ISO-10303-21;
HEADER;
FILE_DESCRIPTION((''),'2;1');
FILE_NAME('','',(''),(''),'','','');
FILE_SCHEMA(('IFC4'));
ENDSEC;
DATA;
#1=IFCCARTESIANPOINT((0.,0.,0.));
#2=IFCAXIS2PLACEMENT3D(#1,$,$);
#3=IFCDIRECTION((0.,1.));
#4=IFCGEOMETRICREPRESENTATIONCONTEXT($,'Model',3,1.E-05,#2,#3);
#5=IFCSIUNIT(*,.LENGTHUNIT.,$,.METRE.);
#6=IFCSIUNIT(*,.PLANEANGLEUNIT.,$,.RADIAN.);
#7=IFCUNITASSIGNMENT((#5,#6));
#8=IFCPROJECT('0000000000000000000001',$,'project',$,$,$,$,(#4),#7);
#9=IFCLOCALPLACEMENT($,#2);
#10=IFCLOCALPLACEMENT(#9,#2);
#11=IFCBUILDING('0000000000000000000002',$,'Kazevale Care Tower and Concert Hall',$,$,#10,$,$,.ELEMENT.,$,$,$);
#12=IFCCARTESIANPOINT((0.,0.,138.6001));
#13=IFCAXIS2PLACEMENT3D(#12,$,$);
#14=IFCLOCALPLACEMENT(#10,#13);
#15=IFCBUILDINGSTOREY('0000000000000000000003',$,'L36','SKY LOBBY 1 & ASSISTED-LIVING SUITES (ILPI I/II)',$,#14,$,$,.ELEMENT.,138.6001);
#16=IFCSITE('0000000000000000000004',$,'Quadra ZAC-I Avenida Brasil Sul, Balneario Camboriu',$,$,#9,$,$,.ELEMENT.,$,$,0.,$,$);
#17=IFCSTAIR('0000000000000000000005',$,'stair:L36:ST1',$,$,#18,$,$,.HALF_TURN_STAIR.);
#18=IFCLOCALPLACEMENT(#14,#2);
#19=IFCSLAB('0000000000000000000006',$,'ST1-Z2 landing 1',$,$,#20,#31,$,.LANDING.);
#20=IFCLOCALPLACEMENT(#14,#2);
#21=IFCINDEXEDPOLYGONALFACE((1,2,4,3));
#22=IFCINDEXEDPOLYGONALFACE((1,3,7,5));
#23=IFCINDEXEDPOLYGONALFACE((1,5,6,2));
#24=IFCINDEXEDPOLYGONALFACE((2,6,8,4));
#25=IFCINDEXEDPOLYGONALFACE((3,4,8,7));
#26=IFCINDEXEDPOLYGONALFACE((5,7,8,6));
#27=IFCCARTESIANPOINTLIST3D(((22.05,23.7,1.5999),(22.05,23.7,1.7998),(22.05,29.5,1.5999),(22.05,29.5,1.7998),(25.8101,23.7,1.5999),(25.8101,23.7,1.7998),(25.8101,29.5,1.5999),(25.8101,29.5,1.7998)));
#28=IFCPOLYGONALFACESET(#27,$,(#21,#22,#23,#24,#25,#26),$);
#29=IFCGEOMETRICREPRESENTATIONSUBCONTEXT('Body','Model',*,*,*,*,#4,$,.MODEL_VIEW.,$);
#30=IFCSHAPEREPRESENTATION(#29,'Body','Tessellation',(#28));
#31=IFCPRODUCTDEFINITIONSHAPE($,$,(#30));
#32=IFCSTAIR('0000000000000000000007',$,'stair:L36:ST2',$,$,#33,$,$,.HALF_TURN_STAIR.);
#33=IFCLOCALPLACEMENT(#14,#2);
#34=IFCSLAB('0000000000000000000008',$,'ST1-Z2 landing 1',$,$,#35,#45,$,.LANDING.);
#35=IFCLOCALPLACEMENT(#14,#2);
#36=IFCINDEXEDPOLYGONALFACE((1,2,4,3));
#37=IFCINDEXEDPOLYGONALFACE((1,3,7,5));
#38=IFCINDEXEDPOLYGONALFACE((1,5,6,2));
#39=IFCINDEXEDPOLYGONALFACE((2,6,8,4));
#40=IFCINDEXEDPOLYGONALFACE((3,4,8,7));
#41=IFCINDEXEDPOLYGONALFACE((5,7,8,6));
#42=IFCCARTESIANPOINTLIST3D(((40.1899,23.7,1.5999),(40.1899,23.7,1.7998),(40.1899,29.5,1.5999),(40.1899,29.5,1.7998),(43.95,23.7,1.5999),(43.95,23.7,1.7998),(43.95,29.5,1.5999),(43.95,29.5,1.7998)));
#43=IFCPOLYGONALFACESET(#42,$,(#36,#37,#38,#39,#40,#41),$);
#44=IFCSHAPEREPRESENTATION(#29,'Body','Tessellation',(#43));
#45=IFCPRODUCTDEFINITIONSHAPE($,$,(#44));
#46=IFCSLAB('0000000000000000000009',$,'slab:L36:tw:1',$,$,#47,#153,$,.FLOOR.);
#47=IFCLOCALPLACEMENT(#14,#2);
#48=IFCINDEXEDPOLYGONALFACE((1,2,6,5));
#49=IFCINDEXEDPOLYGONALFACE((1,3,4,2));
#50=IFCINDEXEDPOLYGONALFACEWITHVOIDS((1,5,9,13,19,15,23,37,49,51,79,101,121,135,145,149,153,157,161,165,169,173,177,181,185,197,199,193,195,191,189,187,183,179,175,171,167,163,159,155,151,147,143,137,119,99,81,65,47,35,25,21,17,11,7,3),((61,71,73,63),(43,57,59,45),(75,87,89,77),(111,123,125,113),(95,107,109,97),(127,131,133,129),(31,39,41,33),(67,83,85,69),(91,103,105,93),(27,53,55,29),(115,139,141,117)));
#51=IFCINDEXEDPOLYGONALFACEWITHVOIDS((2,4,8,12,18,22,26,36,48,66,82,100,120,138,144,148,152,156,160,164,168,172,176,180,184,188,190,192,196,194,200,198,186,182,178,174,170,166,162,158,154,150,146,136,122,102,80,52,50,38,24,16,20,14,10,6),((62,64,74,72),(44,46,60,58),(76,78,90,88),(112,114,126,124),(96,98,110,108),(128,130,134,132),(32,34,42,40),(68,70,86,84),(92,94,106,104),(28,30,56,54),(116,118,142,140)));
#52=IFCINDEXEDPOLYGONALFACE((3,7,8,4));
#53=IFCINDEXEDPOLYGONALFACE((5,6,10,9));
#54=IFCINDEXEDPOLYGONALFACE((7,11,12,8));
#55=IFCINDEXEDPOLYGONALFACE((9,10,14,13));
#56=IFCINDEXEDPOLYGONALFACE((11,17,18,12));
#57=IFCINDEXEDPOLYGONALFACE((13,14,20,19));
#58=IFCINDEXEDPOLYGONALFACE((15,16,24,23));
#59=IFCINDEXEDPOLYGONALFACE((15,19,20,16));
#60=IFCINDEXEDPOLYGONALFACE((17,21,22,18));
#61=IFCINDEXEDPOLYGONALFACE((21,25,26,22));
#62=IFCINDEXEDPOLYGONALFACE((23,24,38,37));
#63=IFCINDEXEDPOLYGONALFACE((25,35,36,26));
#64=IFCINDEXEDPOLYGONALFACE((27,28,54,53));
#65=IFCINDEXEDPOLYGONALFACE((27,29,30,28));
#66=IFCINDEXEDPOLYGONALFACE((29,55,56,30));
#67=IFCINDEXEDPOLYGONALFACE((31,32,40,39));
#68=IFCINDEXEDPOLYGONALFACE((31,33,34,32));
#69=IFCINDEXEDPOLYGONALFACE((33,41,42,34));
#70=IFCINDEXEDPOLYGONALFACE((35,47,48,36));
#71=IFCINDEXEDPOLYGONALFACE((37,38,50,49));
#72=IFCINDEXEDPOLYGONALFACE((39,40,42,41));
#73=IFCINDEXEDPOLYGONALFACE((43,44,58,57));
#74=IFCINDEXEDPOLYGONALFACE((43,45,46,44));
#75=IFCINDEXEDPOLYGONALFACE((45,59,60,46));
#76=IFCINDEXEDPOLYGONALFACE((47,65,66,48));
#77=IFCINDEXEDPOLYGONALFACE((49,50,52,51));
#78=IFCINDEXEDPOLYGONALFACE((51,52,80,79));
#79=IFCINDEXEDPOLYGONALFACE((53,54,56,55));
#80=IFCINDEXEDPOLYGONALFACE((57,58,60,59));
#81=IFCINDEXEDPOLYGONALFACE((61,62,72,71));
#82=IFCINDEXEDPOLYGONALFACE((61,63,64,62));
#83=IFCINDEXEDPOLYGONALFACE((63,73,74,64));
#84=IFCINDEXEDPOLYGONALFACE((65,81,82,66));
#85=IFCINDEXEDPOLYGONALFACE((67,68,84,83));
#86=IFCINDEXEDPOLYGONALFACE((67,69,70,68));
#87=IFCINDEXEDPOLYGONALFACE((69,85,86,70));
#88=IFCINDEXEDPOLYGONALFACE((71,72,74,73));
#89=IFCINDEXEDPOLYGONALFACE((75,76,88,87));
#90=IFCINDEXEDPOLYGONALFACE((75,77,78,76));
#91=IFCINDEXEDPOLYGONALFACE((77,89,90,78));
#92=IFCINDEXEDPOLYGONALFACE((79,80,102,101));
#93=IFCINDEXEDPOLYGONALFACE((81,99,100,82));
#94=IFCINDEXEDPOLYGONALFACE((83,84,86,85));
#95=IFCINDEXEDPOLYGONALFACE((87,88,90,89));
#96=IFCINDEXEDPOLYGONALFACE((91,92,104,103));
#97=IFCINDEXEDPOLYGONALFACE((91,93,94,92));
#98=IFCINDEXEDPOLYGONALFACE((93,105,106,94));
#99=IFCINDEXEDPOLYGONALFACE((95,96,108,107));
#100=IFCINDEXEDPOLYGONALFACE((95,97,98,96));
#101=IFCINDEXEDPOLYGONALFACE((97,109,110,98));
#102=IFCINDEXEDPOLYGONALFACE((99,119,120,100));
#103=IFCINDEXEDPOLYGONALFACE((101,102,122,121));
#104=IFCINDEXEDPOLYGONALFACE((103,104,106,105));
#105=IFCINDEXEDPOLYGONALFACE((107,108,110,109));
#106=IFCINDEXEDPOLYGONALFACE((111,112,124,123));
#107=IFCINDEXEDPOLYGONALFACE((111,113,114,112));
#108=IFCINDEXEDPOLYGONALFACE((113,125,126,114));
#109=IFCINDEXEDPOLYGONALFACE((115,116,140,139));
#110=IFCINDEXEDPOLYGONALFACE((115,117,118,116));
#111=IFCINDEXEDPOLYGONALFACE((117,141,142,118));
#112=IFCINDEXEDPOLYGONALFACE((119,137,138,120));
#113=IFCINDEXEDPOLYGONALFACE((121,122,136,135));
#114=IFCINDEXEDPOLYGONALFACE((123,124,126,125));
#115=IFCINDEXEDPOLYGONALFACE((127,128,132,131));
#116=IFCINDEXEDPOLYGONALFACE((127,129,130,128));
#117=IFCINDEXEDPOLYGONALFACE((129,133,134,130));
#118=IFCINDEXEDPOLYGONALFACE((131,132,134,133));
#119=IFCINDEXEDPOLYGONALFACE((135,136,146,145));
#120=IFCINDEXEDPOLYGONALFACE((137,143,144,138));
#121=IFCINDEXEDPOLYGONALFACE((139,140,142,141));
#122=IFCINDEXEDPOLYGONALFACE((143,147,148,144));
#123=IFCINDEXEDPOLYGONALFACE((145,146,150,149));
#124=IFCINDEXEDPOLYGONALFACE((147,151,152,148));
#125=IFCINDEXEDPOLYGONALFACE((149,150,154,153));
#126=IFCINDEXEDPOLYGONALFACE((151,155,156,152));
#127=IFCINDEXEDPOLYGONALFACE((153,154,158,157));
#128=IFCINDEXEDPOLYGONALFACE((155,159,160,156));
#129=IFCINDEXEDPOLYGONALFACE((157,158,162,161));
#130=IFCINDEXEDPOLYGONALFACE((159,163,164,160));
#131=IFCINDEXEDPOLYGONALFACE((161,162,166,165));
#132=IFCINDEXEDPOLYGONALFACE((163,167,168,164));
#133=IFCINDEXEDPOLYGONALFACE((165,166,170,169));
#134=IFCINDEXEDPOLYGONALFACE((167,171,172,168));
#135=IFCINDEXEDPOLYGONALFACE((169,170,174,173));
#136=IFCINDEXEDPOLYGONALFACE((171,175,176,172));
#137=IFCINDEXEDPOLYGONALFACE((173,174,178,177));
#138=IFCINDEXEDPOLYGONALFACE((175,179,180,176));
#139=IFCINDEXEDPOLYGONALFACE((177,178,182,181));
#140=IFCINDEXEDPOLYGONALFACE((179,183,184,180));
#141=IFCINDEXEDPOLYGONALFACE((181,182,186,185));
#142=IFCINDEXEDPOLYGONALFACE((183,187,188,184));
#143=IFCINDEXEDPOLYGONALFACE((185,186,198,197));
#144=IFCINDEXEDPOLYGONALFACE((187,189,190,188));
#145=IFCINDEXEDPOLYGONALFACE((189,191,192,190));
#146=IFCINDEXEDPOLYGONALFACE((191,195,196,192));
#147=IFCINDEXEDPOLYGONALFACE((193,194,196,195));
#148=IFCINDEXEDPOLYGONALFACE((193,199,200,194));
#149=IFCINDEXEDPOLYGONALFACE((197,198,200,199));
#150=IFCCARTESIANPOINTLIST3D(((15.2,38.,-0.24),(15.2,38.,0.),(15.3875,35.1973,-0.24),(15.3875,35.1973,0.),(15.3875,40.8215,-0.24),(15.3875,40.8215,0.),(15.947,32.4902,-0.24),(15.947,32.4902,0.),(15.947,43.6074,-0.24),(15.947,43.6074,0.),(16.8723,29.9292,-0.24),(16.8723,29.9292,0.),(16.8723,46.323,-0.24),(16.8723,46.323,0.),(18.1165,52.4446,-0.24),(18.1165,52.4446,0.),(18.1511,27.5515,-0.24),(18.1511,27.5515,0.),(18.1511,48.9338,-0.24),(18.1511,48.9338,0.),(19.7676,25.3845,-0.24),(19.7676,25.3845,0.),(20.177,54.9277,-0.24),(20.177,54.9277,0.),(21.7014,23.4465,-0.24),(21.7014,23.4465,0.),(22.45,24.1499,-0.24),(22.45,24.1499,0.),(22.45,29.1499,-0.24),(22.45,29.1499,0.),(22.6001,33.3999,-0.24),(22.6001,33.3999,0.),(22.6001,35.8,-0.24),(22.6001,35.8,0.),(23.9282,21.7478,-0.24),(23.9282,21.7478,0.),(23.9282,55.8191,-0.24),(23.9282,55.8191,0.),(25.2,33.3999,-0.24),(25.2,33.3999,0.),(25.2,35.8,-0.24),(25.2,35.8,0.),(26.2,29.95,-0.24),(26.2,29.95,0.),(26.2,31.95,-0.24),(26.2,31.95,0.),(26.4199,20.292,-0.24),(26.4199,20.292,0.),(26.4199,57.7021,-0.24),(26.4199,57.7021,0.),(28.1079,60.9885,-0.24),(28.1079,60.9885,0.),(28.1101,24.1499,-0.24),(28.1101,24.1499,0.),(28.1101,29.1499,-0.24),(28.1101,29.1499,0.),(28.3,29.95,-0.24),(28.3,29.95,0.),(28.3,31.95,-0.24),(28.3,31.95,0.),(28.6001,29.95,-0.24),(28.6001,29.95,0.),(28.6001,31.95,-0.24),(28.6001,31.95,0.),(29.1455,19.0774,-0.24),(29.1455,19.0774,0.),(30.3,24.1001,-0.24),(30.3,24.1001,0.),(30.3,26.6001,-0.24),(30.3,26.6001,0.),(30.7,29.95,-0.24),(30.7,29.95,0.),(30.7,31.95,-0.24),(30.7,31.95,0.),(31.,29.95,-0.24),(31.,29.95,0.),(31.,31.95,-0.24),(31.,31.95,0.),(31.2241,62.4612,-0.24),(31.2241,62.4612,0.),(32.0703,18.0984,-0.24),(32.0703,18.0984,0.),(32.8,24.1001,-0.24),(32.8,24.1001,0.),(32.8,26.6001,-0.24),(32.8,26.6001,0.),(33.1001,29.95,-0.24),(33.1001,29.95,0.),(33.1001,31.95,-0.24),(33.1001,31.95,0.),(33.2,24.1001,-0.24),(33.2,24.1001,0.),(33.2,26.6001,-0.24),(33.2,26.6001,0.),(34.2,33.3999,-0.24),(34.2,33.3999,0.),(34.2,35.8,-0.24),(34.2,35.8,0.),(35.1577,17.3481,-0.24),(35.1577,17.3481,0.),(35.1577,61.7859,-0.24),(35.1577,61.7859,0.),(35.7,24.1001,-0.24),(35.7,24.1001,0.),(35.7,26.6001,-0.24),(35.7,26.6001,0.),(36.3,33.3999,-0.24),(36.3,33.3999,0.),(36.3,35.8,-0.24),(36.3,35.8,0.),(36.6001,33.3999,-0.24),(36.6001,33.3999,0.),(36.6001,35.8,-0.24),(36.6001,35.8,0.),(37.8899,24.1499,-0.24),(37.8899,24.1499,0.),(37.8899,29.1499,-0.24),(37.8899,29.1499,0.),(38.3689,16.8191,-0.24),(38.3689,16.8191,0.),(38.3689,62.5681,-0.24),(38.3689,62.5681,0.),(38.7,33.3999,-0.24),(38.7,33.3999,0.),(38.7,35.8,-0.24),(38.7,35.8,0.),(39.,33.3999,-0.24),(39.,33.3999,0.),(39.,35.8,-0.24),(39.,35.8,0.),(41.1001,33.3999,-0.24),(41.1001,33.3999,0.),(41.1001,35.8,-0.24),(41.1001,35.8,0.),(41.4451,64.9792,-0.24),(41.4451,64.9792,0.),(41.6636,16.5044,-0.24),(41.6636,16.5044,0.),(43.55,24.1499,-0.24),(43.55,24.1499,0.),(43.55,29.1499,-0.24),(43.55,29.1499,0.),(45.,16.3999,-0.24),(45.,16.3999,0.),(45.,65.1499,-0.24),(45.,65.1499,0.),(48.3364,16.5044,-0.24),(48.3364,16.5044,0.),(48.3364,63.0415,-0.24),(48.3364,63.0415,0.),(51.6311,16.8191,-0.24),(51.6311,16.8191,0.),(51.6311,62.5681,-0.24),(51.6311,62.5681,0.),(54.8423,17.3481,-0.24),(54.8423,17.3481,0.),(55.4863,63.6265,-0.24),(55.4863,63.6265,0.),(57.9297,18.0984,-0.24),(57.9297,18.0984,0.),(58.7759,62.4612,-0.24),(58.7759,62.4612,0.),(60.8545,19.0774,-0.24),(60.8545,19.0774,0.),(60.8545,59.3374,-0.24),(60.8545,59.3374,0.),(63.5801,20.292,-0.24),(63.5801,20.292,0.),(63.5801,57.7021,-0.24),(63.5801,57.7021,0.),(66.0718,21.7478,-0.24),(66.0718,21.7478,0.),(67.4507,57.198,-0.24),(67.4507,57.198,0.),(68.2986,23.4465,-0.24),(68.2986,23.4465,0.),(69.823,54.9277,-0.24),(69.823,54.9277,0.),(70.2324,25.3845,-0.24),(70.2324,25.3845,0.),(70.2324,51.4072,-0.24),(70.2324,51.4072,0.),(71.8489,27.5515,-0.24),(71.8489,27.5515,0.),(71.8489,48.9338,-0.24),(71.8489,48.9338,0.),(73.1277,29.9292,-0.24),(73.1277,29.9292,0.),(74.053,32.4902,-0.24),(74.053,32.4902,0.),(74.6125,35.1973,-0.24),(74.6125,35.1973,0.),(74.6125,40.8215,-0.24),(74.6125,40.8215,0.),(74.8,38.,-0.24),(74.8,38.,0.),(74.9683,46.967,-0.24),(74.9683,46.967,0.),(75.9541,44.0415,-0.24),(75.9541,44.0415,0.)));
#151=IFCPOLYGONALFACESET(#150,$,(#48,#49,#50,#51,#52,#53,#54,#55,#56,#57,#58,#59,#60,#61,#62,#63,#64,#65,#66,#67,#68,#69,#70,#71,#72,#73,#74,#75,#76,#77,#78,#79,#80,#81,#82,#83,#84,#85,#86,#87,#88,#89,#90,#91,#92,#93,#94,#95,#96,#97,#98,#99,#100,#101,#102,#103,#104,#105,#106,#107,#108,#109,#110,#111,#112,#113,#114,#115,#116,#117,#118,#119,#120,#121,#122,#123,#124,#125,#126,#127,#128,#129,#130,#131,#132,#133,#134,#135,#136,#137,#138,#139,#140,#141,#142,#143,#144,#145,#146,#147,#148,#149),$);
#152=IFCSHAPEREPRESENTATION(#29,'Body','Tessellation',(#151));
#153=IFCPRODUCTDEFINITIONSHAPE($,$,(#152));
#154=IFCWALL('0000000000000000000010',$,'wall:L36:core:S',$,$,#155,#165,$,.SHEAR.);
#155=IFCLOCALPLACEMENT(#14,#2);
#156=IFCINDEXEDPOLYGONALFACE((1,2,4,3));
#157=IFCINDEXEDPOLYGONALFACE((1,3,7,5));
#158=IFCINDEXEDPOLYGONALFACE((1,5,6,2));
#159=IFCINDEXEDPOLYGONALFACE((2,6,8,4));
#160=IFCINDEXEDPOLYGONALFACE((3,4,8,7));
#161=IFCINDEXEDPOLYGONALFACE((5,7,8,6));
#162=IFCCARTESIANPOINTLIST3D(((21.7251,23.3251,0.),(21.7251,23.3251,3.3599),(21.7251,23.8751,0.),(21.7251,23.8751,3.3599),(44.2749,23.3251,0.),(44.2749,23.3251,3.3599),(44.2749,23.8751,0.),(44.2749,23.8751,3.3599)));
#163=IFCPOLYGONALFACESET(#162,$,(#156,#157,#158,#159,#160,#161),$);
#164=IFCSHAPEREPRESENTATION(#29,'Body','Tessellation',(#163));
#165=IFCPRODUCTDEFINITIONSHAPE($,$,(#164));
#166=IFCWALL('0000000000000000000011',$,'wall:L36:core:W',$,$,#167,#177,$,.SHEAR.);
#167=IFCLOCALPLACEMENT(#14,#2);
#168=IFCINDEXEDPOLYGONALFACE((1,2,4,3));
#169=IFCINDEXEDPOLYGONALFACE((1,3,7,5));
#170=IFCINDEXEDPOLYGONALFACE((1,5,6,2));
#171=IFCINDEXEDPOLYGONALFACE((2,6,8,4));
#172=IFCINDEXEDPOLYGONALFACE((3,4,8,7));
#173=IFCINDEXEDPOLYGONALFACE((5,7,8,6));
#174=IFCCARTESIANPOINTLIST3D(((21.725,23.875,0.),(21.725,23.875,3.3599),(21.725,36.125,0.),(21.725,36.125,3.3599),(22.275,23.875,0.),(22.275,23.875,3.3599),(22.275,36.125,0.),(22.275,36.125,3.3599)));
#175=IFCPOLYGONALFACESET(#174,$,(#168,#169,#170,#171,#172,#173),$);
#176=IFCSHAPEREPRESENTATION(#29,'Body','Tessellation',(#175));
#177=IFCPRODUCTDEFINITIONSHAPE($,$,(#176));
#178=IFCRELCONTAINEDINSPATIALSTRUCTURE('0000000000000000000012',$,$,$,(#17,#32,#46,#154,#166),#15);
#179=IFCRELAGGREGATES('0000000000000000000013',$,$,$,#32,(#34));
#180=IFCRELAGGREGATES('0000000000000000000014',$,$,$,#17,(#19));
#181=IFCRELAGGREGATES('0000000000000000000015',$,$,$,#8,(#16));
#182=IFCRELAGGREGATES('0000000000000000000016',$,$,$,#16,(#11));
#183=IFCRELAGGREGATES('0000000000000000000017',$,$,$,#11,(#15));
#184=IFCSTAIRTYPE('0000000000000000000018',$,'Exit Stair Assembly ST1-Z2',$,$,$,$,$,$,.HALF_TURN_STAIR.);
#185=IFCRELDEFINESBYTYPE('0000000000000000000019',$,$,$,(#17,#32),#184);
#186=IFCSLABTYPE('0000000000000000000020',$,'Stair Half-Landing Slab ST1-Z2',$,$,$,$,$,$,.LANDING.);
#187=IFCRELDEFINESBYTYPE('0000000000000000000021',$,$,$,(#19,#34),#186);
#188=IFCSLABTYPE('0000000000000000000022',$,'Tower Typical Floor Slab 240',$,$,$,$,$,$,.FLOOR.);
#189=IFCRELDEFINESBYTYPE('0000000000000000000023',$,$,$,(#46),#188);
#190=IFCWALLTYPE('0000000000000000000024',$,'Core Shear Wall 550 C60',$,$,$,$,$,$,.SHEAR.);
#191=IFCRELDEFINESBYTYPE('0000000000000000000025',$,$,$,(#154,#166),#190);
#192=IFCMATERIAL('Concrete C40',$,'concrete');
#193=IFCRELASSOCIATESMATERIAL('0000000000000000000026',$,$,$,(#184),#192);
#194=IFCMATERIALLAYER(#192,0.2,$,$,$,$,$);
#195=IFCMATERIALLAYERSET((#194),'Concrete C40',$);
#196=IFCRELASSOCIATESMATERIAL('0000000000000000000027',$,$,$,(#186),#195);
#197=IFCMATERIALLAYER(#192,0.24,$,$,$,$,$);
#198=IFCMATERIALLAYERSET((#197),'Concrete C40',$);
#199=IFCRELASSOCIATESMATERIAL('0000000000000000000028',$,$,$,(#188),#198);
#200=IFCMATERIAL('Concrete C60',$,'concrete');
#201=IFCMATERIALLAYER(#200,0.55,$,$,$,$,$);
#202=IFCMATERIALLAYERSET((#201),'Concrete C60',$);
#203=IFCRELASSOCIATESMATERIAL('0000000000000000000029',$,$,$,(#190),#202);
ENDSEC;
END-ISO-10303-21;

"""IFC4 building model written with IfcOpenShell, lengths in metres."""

from ifc_helpers import new_model, si_unit, direction, frame, frame_2d, origin, place, context, subcontext, project, spatial, polyline, rectangle, outline, extrude, material, layer, layer_set, type_object, element, aggregate, save


model = new_model("IFC4")

# Units and contexts
model_context = context("Model", 3, precision=1e-05, world=origin(), true_north=direction((0.0, 1.0)))
body_context = subcontext(model_context, "Body", "Model", "MODEL_VIEW")
ifc_project = project(units=[si_unit("LENGTHUNIT", "METRE"), si_unit("PLANEANGLEUNIT", "RADIAN")], contexts=[model_context])

# Site, building, storey
site_placement = place(None, origin())
site = spatial("IfcSite", under=ifc_project, at=site_placement, Name="Quadra ZAC-I Avenida Brasil Sul, Balneario Camboriu", CompositionType="ELEMENT", RefElevation=0.0)
building_placement = place(site_placement, origin())
building = spatial("IfcBuilding", under=site, at=building_placement, Name="Kazevale Care Tower and Concert Hall", CompositionType="ELEMENT")
storey_placement = place(building_placement, frame((0.0, 0.0, 138.6001)))
storey = spatial("IfcBuildingStorey", under=building, at=storey_placement, Name="L36", Description="SKY LOBBY 1 & ASSISTED-LIVING SUITES (ILPI I/II)", CompositionType="ELEMENT", Elevation=138.6001)

# Shared definitions
ifc_material_1 = material(Name="Concrete C60", Category="concrete")

# Shared definitions
ifc_material_2 = material(Name="Concrete C40", Category="concrete")

# Stairs, slabs
stair_type = type_object("IfcStairType", Name="Exit Stair Assembly ST1-Z2", PredefinedType="HALF_TURN_STAIR", material=ifc_material_2)
stair_1_placement = place(storey_placement, origin())
stair_1 = element("IfcStair", 1, at=stair_1_placement, inside=storey, type_object=stair_type, Name="stair:L36:ST1", PredefinedType="HALF_TURN_STAIR")
ifc_layer_1 = layer(ifc_material_2, 0.2)
ifc_layer_set_1 = layer_set([ifc_layer_1], Name="Concrete C40")
slab_type_1 = type_object("IfcSlabType", Name="Stair Half-Landing Slab ST1-Z2", PredefinedType="LANDING", material=ifc_layer_set_1)
slab_1_placement = place(storey_placement, frame((0.0, 0.0, 1.5999)))
slab_1 = element("IfcSlab", 2, at=slab_1_placement, type_object=slab_type_1, Name="ST1-Z2 landing 1", PredefinedType="LANDING", context=body_context, shape_type="SweptSolid", body=[
    extrude(outline(polyline([(22.05, 23.7), (25.8101, 23.7), (25.8101, 29.5), (22.05, 29.5), (22.05, 23.7)])), origin(), (0.0, 0.0, 1.0), 0.2),
])
stair_2_placement = place(storey_placement, origin())
stair_2 = element("IfcStair", 3, at=stair_2_placement, inside=storey, type_object=stair_type, Name="stair:L36:ST2", PredefinedType="HALF_TURN_STAIR")
slab_2_placement = place(storey_placement, frame((0.0, 0.0, 1.5999)))
slab_2 = element("IfcSlab", 4, at=slab_2_placement, type_object=slab_type_1, Name="ST1-Z2 landing 1", PredefinedType="LANDING", context=body_context, shape_type="SweptSolid", body=[
    extrude(outline(polyline([(40.1899, 23.7), (43.95, 23.7), (43.95, 29.5), (40.1899, 29.5), (40.1899, 23.7)])), origin(), (0.0, 0.0, 1.0), 0.2),
])
aggregate(stair_2, [slab_2])

# Slab
ifc_layer_2 = layer(ifc_material_2, 0.24)
ifc_layer_set_2 = layer_set([ifc_layer_2], Name="Concrete C40")
slab_type_2 = type_object("IfcSlabType", Name="Tower Typical Floor Slab 240", PredefinedType="FLOOR", material=ifc_layer_set_2)
slab_3_placement = place(storey_placement, frame((0.0, 0.0, -0.24)))
element("IfcSlab", 5, at=slab_3_placement, inside=storey, type_object=slab_type_2, Name="slab:L36:tw:1", PredefinedType="FLOOR", context=body_context, shape_type="SweptSolid", body=[
    extrude(outline(polyline([(74.8, 38.0), (74.6125, 40.8215), (75.9541, 44.0415), (74.9683, 46.967), (71.8489, 48.9338), (70.2324, 51.4072), (69.823, 54.9277), (67.4507, 57.198), (63.5801, 57.7021), (60.8545, 59.3374), (58.7759, 62.4612), (55.4863, 63.6265), (51.6311, 62.5681), (48.3364, 63.0415), (45.0, 65.1499), (41.4451, 64.9792), (38.3689, 62.5681), (35.1577, 61.7859), (31.2241, 62.4612), (28.1079, 60.9885), (26.4199, 57.7021), (23.9282, 55.8191), (20.177, 54.9277), (18.1165, 52.4446), (18.1511, 48.9338), (16.8723, 46.323), (15.947, 43.6074), (15.3875, 40.8215), (15.2, 38.0), (15.3875, 35.1973), (15.947, 32.4902), (16.8723, 29.9292), (18.1511, 27.5515), (19.7676, 25.3845), (21.7014, 23.4465), (23.9282, 21.7478), (26.4199, 20.292), (29.1455, 19.0774), (32.0703, 18.0984), (35.1577, 17.3481), (38.3689, 16.8191), (41.6636, 16.5044), (45.0, 16.3999), (48.3364, 16.5044), (51.6311, 16.8191), (54.8423, 17.3481), (57.9297, 18.0984), (60.8545, 19.0774), (63.5801, 20.292), (66.0718, 21.7478), (68.2986, 23.4465), (70.2324, 25.3845), (71.8489, 27.5515), (73.1277, 29.9292), (74.053, 32.4902), (74.6125, 35.1973), (74.8, 38.0)]), holes=[polyline([(22.45, 24.1499), (28.1101, 24.1499), (28.1101, 29.1499), (22.45, 29.1499), (22.45, 24.1499)]), polyline([(37.8899, 24.1499), (43.55, 24.1499), (43.55, 29.1499), (37.8899, 29.1499), (37.8899, 24.1499)]), polyline([(30.3, 24.1001), (32.8, 24.1001), (32.8, 26.6001), (30.3, 26.6001), (30.3, 24.1001)]), polyline([(33.2, 24.1001), (35.7, 24.1001), (35.7, 26.6001), (33.2, 26.6001), (33.2, 24.1001)]), polyline([(22.6001, 33.3999), (25.2, 33.3999), (25.2, 35.8), (22.6001, 35.8), (22.6001, 33.3999)]), polyline([(34.2, 33.3999), (36.3, 33.3999), (36.3, 35.8), (34.2, 35.8), (34.2, 33.3999)]), polyline([(36.6001, 33.3999), (38.7, 33.3999), (38.7, 35.8), (36.6001, 35.8), (36.6001, 33.3999)]), polyline([(39.0, 33.3999), (41.1001, 33.3999), (41.1001, 35.8), (39.0, 35.8), (39.0, 33.3999)]), polyline([(26.2, 29.95), (28.3, 29.95), (28.3, 31.95), (26.2, 31.95), (26.2, 29.95)]), polyline([(28.6001, 29.95), (30.7, 29.95), (30.7, 31.95), (28.6001, 31.95), (28.6001, 29.95)]), polyline([(31.0, 29.95), (33.1001, 29.95), (33.1001, 31.95), (31.0, 31.95), (31.0, 29.95)])]), origin(), (0.0, 0.0, 1.0), 0.24),
])

# Walls
ifc_layer_3 = layer(ifc_material_1, 0.55)
ifc_layer_set_3 = layer_set([ifc_layer_3], Name="Concrete C60")
wall_type_1 = type_object("IfcWallType", Name="Core Shear Wall 550 C60", PredefinedType="SHEAR", material=ifc_layer_set_3)
wall_1_placement = place(storey_placement, frame((21.7251, 23.6001, 0.0), z_axis=(0.0, 0.0, 1.0), x_axis=(1.0, 0.0, 0.0)))
element("IfcWall", 6, at=wall_1_placement, inside=storey, type_object=wall_type_1, Name="wall:L36:core:S", PredefinedType="SHEAR", context=body_context, shape_type="SweptSolid", body=[
    extrude(rectangle(XDim=22.5498, YDim=0.55, at=frame_2d((11.2749, 0.0))), origin(), (0.0, 0.0, 1.0), 3.3599),
])
wall_2_placement = place(storey_placement, frame((22.0, 23.875, 0.0), z_axis=(0.0, 0.0, 1.0), x_axis=(0.0, 1.0, 0.0)))
element("IfcWall", 7, at=wall_2_placement, inside=storey, type_object=wall_type_1, Name="wall:L36:core:W", PredefinedType="SHEAR", context=body_context, shape_type="SweptSolid", body=[
    extrude(rectangle(XDim=12.25, YDim=0.55, at=frame_2d((6.125, 0.0))), origin(), (0.0, 0.0, 1.0), 3.3599),
])

aggregate(stair_1, [slab_1])

save(model, "model.ifc")
